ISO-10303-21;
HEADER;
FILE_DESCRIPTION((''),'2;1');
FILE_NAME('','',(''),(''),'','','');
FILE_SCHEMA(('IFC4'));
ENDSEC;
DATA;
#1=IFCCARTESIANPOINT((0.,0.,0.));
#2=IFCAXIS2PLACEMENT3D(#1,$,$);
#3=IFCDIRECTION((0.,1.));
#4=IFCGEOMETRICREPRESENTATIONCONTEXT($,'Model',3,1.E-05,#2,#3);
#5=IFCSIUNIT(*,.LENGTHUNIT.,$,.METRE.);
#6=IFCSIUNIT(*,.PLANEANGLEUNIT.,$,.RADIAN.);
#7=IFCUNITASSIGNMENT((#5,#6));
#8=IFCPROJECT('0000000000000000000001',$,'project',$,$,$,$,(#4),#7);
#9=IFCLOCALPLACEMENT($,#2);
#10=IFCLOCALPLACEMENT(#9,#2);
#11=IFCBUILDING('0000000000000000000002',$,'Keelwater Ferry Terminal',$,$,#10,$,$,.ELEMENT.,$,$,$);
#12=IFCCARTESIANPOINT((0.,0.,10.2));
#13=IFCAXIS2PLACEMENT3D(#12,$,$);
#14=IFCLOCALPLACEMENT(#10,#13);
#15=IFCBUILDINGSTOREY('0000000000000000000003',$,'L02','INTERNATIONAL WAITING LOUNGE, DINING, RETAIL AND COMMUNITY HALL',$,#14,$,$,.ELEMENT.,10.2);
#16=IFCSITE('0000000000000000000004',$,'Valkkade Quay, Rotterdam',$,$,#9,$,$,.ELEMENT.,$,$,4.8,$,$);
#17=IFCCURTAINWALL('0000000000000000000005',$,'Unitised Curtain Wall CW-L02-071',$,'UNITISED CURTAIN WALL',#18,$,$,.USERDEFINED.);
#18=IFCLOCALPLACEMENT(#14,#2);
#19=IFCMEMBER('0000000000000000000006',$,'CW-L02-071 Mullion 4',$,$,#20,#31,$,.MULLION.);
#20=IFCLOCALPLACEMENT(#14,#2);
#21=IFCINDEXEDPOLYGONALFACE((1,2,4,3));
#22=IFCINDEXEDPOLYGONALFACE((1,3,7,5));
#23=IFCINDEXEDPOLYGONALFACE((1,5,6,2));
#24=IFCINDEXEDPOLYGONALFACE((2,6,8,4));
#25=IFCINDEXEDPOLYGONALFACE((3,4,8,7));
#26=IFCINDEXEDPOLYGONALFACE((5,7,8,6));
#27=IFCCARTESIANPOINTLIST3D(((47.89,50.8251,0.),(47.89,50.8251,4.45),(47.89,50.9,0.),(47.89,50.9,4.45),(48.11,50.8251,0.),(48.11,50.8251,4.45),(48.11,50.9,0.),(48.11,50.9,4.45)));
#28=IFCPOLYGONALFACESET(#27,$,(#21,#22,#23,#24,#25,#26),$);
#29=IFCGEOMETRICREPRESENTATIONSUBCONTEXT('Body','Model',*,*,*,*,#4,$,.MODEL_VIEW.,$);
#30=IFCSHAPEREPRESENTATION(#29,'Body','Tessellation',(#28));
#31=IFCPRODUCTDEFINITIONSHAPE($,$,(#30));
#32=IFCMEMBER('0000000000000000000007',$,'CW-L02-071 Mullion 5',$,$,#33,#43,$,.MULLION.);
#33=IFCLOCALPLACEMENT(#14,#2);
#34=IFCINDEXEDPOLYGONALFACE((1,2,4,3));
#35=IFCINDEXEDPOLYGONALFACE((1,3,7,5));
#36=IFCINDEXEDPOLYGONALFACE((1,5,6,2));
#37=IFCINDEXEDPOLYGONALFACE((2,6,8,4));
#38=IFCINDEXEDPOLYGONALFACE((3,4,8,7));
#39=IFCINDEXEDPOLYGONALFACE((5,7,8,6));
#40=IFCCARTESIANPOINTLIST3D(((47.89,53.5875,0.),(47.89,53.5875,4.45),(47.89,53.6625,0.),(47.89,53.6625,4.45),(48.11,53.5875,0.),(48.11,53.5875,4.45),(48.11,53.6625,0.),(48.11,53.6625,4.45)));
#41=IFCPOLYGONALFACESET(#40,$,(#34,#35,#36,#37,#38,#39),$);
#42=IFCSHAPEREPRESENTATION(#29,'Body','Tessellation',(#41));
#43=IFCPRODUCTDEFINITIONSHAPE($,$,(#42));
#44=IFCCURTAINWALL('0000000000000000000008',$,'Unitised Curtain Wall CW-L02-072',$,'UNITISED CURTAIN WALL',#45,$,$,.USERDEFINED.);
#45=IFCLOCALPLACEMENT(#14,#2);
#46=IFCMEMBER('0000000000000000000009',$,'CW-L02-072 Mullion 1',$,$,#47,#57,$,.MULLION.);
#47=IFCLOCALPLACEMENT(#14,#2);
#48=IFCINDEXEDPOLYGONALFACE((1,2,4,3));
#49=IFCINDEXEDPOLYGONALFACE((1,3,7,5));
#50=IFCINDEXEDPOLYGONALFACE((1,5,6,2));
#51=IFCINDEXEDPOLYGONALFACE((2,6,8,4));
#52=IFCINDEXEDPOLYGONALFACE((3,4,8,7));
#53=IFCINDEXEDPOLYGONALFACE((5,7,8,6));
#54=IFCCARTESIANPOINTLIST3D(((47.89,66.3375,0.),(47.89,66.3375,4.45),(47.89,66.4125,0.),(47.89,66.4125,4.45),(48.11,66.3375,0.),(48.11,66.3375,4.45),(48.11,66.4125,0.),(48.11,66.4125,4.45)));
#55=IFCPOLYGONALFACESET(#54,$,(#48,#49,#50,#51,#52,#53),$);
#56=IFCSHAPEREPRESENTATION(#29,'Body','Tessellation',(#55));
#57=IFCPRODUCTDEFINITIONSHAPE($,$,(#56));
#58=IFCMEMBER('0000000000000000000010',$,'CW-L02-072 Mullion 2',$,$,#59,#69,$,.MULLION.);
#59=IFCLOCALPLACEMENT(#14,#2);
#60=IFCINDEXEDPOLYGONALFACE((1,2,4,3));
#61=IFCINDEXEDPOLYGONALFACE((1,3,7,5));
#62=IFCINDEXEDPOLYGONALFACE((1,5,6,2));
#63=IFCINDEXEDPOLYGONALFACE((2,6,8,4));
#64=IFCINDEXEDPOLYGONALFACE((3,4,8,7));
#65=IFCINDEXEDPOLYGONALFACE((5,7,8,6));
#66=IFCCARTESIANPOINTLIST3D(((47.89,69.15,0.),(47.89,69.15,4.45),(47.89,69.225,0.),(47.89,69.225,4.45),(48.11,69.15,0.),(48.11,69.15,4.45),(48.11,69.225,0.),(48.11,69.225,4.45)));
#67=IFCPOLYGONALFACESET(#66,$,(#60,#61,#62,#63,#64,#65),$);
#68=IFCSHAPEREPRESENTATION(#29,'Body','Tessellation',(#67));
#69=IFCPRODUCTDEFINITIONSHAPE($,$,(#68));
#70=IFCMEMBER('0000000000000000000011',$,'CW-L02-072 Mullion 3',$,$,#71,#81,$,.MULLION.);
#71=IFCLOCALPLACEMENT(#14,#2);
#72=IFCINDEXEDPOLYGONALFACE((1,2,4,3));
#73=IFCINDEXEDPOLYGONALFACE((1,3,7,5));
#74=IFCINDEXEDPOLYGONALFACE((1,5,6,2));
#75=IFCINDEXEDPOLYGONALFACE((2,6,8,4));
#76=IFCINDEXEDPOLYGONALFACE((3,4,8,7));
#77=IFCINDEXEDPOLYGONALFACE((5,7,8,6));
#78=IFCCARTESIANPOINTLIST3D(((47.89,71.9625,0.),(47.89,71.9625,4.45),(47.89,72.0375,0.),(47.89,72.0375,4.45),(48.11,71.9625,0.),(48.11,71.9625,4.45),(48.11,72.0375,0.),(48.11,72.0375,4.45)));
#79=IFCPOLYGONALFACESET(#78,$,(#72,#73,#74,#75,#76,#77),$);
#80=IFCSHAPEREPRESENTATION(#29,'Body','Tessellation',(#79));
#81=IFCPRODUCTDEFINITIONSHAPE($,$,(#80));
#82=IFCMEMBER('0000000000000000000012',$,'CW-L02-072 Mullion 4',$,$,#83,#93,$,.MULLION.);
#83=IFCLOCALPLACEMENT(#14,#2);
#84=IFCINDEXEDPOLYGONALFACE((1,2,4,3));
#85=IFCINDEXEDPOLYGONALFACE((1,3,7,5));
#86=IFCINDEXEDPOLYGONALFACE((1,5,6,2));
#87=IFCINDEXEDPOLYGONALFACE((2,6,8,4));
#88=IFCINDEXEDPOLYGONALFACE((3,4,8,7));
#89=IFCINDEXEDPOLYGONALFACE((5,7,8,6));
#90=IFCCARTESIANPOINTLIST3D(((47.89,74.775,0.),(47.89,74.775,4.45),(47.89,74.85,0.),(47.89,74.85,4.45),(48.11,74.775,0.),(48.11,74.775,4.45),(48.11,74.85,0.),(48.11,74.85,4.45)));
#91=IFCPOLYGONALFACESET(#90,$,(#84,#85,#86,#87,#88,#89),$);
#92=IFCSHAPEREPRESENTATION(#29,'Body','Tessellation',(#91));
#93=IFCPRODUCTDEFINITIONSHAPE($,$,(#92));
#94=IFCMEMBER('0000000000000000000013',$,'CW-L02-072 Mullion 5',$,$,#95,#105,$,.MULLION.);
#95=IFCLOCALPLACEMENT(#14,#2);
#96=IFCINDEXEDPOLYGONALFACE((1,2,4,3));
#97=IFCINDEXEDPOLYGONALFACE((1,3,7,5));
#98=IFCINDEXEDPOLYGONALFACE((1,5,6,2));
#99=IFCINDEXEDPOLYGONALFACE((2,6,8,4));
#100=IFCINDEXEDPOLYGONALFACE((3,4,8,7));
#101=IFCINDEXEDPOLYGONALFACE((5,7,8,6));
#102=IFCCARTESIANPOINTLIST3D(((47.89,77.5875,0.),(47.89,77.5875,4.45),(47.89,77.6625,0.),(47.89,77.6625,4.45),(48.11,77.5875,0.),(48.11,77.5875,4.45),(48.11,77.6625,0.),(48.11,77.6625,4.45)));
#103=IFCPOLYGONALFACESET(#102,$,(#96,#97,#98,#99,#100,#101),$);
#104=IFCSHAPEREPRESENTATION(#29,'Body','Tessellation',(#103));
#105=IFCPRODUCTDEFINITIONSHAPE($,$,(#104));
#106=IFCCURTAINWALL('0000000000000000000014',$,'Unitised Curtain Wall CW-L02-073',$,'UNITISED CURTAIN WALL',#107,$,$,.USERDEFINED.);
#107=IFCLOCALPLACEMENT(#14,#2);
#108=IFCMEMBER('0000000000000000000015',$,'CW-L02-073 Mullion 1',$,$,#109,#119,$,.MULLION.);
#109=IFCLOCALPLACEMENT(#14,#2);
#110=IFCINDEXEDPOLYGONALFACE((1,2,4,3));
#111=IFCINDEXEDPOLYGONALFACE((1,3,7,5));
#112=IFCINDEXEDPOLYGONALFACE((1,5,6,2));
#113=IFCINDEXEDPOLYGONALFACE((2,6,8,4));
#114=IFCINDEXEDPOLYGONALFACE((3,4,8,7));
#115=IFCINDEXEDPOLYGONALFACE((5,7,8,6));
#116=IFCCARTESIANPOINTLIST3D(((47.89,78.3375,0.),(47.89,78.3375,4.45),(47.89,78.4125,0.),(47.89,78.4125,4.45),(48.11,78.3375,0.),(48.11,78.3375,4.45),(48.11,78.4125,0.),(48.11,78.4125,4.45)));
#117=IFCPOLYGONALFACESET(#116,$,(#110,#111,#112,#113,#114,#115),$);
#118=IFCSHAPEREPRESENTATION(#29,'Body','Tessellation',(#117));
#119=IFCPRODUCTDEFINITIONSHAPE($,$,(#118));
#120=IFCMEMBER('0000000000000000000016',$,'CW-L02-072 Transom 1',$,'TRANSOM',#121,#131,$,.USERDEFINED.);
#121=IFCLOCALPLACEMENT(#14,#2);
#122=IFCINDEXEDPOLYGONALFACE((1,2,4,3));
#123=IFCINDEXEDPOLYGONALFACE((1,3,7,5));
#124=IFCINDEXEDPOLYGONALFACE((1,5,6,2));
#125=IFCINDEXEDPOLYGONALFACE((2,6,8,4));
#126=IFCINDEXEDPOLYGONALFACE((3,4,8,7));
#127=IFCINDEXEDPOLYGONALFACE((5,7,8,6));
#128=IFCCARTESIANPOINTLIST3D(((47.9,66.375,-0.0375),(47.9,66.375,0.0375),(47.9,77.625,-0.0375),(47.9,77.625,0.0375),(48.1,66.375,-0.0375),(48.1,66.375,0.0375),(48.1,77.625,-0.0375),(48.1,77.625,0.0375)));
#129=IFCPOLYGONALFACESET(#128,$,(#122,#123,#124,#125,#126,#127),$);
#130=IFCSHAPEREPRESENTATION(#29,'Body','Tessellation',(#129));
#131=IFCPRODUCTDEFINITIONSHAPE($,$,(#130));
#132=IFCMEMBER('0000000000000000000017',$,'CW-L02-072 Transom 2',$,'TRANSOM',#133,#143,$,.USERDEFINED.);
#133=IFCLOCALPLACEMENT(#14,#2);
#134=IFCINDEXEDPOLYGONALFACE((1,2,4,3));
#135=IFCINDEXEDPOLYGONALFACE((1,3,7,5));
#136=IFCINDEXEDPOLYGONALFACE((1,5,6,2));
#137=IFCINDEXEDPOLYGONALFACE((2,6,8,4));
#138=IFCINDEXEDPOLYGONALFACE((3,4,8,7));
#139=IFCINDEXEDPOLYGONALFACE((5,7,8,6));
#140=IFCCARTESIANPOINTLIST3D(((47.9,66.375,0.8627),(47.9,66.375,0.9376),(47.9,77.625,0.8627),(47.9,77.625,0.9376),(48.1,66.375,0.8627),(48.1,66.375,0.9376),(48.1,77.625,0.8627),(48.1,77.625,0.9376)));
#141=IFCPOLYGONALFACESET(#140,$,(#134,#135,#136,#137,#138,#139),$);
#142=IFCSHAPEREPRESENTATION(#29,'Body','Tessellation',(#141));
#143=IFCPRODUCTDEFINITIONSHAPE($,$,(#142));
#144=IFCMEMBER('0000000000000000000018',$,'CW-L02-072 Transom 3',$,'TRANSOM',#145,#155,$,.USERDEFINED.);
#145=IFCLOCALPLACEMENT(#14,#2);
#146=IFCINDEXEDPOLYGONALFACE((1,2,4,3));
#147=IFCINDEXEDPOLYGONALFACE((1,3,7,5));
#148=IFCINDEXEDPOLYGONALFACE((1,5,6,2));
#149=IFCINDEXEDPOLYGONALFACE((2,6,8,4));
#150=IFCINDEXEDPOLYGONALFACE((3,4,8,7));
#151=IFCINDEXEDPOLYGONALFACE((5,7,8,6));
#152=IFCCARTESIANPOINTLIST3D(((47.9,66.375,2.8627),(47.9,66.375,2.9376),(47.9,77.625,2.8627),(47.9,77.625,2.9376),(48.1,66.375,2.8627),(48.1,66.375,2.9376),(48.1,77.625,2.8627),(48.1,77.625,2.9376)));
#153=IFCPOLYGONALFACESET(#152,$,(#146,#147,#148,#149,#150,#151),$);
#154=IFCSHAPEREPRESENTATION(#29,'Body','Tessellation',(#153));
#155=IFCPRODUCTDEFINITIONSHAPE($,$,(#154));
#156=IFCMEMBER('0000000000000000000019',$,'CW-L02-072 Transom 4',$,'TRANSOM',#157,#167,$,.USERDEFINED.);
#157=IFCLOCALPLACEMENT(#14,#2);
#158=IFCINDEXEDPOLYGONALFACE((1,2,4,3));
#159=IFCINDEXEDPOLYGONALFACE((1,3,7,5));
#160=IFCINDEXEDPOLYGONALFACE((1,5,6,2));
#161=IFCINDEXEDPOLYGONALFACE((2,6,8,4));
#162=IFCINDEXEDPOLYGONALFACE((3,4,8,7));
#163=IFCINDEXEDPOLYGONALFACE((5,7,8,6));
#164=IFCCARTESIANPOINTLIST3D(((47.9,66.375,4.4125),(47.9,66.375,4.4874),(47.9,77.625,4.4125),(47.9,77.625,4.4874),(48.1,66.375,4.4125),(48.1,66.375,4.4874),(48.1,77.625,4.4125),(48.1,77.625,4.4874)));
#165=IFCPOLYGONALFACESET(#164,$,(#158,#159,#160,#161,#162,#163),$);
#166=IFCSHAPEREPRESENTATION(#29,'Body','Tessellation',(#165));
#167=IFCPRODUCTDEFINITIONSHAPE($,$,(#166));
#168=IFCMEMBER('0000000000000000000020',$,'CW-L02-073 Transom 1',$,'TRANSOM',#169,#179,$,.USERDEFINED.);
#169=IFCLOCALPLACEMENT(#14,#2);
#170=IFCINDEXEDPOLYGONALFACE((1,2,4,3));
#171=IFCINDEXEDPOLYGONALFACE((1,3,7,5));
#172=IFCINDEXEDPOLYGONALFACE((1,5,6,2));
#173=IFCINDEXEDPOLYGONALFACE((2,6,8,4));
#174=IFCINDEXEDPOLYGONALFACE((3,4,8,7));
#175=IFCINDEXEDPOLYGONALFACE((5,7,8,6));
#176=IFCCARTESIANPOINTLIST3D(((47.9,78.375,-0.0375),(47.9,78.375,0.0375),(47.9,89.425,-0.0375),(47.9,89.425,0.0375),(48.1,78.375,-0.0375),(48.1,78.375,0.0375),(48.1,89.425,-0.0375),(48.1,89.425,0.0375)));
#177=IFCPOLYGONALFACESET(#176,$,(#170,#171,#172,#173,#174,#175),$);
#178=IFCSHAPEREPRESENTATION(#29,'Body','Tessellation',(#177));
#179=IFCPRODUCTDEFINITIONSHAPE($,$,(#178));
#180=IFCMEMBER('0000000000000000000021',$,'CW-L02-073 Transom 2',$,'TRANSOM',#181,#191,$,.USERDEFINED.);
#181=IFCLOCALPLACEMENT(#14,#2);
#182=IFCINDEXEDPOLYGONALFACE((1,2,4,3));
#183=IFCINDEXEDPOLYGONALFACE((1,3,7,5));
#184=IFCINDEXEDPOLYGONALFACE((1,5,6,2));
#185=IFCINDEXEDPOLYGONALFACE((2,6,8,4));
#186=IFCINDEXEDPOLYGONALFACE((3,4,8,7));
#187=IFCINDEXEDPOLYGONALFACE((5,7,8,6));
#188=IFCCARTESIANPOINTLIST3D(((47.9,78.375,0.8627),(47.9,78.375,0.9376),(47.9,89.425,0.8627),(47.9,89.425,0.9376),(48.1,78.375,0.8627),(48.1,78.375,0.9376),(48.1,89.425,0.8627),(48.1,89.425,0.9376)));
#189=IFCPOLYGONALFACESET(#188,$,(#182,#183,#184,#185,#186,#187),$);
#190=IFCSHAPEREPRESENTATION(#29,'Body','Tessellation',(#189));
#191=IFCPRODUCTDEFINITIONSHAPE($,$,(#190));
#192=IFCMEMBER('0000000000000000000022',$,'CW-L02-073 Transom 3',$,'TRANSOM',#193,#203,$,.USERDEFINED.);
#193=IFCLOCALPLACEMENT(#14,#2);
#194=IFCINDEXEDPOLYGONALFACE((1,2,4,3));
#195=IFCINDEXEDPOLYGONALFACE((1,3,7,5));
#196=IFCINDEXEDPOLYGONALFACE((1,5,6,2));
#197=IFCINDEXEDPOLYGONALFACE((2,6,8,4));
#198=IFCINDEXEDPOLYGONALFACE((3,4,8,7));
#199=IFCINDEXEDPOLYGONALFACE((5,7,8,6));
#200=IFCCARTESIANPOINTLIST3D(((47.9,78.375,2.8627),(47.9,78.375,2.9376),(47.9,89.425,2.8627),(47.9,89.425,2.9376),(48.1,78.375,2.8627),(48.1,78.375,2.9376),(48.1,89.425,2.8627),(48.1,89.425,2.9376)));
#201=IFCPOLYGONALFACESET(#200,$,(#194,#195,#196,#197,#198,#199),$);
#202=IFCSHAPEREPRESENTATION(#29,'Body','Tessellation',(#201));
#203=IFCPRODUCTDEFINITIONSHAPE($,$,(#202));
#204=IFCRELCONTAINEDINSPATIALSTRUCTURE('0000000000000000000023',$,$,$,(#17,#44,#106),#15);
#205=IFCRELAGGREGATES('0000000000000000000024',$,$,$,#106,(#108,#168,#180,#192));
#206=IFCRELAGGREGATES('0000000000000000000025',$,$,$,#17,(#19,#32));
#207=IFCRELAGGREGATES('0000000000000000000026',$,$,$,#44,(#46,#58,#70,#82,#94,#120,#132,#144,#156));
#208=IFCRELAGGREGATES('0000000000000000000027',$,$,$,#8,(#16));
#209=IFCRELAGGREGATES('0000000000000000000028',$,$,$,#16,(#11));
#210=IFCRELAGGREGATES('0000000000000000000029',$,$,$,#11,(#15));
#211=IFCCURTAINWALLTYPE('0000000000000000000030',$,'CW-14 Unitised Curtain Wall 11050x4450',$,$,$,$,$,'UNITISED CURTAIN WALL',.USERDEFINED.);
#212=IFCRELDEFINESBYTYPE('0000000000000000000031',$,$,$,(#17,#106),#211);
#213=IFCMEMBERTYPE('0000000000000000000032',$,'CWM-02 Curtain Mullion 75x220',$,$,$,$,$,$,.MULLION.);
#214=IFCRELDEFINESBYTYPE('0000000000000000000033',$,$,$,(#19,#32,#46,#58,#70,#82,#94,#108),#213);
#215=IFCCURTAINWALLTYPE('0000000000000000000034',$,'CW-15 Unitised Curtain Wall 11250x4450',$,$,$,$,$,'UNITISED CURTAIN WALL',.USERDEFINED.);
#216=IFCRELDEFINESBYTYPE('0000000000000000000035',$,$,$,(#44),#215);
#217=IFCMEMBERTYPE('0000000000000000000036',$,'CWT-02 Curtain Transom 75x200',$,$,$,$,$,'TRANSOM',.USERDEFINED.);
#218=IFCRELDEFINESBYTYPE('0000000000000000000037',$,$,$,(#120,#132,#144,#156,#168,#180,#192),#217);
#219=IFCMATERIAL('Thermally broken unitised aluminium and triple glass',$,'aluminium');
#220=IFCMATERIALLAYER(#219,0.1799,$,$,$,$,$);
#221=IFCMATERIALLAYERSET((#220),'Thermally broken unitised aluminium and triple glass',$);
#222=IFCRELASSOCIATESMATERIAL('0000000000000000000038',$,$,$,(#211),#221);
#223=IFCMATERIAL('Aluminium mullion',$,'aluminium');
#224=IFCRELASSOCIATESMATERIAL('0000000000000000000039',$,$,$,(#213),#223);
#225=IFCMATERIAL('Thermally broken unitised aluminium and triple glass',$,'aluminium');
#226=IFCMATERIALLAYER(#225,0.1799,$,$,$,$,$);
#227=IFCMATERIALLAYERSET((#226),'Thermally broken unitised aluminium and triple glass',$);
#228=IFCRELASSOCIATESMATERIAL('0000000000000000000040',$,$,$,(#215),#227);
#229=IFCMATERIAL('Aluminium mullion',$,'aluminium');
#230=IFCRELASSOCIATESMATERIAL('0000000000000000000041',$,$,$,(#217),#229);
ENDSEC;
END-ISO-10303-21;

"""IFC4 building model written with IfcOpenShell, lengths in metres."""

from ifc_helpers import new_model, si_unit, direction, frame, origin, origin_2d, place, context, subcontext, project, spatial, rectangle, extrude, material, layer, layer_set, material_profile, profile_set, type_object, element, aggregate, save


model = new_model("IFC4")

# Units and contexts
model_context = context("Model", 3, precision=1e-05, world=origin(), true_north=direction((0.0, 1.0)))
body_context = subcontext(model_context, "Body", "Model", "MODEL_VIEW")
ifc_project = project(units=[si_unit("LENGTHUNIT", "METRE"), si_unit("PLANEANGLEUNIT", "RADIAN")], contexts=[model_context])

# Site, building, storey
site_placement = place(None, origin())
site = spatial("IfcSite", under=ifc_project, at=site_placement, Name="Valkkade Quay, Rotterdam", CompositionType="ELEMENT", RefElevation=4.8)
building_placement = place(site_placement, origin())
building = spatial("IfcBuilding", under=site, at=building_placement, Name="Keelwater Ferry Terminal", CompositionType="ELEMENT")
storey_placement = place(building_placement, frame((0.0, 0.0, 10.2)))
storey = spatial("IfcBuildingStorey", under=building, at=storey_placement, Name="L02", Description="INTERNATIONAL WAITING LOUNGE, DINING, RETAIL AND COMMUNITY HALL", CompositionType="ELEMENT", Elevation=10.2)

# Curtain walls, members
ifc_material_1 = material(Name="Thermally broken unitised aluminium and triple glass", Category="aluminium")
ifc_layer_1 = layer(ifc_material_1, 0.1799)
ifc_layer_set_1 = layer_set([ifc_layer_1], Name="Thermally broken unitised aluminium and triple glass")
curtain_wall_type_1 = type_object("IfcCurtainWallType", Name="CW-14 Unitised Curtain Wall 11050x4450", ElementType="UNITISED CURTAIN WALL", PredefinedType="USERDEFINED", material=ifc_layer_set_1)
curtain_wall_1_placement = place(storey_placement, origin())
curtain_wall_1 = element("IfcCurtainWall", 1, at=curtain_wall_1_placement, inside=storey, type_object=curtain_wall_type_1, Name="Unitised Curtain Wall CW-L02-071", ObjectType="UNITISED CURTAIN WALL", PredefinedType="USERDEFINED")
ifc_material_2 = material(Name="Aluminium mullion", Category="aluminium")
ifc_material_profile_1 = material_profile(ifc_material_2, rectangle(XDim=0.075, YDim=0.22, at=origin_2d()), Name="CWM-02")
ifc_profile_set_1 = profile_set([ifc_material_profile_1], Name="Aluminium mullion")
member_type_1 = type_object("IfcMemberType", Name="CWM-02 Curtain Mullion 75x220", PredefinedType="MULLION", material=ifc_profile_set_1)
member_1_placement = place(storey_placement, frame((48.0, 50.8625, 0.0), z_axis=(0.0, 0.0, 1.0), x_axis=(0.0, 1.0, 0.0)))
member_1 = element("IfcMember", 2, at=member_1_placement, type_object=member_type_1, Name="CW-L02-071 Mullion 4", PredefinedType="MULLION", context=body_context, shape_type="SweptSolid", body=[
    extrude(rectangle(XDim=0.075, YDim=0.22, at=origin_2d()), origin(), (0.0, 0.0, 1.0), 4.45),
])
member_2_placement = place(storey_placement, frame((48.0, 53.625, 0.0), z_axis=(0.0, 0.0, 1.0), x_axis=(0.0, 1.0, 0.0)))
member_2 = element("IfcMember", 3, at=member_2_placement, type_object=member_type_1, Name="CW-L02-071 Mullion 5", PredefinedType="MULLION", context=body_context, shape_type="SweptSolid", body=[
    extrude(rectangle(XDim=0.075, YDim=0.22, at=origin_2d()), origin(), (0.0, 0.0, 1.0), 4.45),
])
ifc_material_3 = material(Name="Thermally broken unitised aluminium and triple glass", Category="aluminium")
ifc_layer_2 = layer(ifc_material_3, 0.1799)
ifc_layer_set_2 = layer_set([ifc_layer_2], Name="Thermally broken unitised aluminium and triple glass")
curtain_wall_type_2 = type_object("IfcCurtainWallType", Name="CW-15 Unitised Curtain Wall 11250x4450", ElementType="UNITISED CURTAIN WALL", PredefinedType="USERDEFINED", material=ifc_layer_set_2)
curtain_wall_2_placement = place(storey_placement, origin())
curtain_wall_2 = element("IfcCurtainWall", 4, at=curtain_wall_2_placement, inside=storey, type_object=curtain_wall_type_2, Name="Unitised Curtain Wall CW-L02-072", ObjectType="UNITISED CURTAIN WALL", PredefinedType="USERDEFINED")
member_3_placement = place(storey_placement, frame((48.0, 66.375, 0.0), z_axis=(0.0, 0.0, 1.0), x_axis=(0.0, 1.0, 0.0)))
member_3 = element("IfcMember", 5, at=member_3_placement, type_object=member_type_1, Name="CW-L02-072 Mullion 1", PredefinedType="MULLION", context=body_context, shape_type="SweptSolid", body=[
    extrude(rectangle(XDim=0.075, YDim=0.22, at=origin_2d()), origin(), (0.0, 0.0, 1.0), 4.45),
])
member_4_placement = place(storey_placement, frame((48.0, 69.1875, 0.0), z_axis=(0.0, 0.0, 1.0), x_axis=(0.0, 1.0, 0.0)))
member_4 = element("IfcMember", 6, at=member_4_placement, type_object=member_type_1, Name="CW-L02-072 Mullion 2", PredefinedType="MULLION", context=body_context, shape_type="SweptSolid", body=[
    extrude(rectangle(XDim=0.075, YDim=0.22, at=origin_2d()), origin(), (0.0, 0.0, 1.0), 4.45),
])
member_5_placement = place(storey_placement, frame((48.0, 72.0, 0.0), z_axis=(0.0, 0.0, 1.0), x_axis=(0.0, 1.0, 0.0)))
member_5 = element("IfcMember", 7, at=member_5_placement, type_object=member_type_1, Name="CW-L02-072 Mullion 3", PredefinedType="MULLION", context=body_context, shape_type="SweptSolid", body=[
    extrude(rectangle(XDim=0.075, YDim=0.22, at=origin_2d()), origin(), (0.0, 0.0, 1.0), 4.45),
])
member_6_placement = place(storey_placement, frame((48.0, 74.8125, 0.0), z_axis=(0.0, 0.0, 1.0), x_axis=(0.0, 1.0, 0.0)))
member_6 = element("IfcMember", 8, at=member_6_placement, type_object=member_type_1, Name="CW-L02-072 Mullion 4", PredefinedType="MULLION", context=body_context, shape_type="SweptSolid", body=[
    extrude(rectangle(XDim=0.075, YDim=0.22, at=origin_2d()), origin(), (0.0, 0.0, 1.0), 4.45),
])
member_7_placement = place(storey_placement, frame((48.0, 77.625, 0.0), z_axis=(0.0, 0.0, 1.0), x_axis=(0.0, 1.0, 0.0)))
member_7 = element("IfcMember", 9, at=member_7_placement, type_object=member_type_1, Name="CW-L02-072 Mullion 5", PredefinedType="MULLION", context=body_context, shape_type="SweptSolid", body=[
    extrude(rectangle(XDim=0.075, YDim=0.22, at=origin_2d()), origin(), (0.0, 0.0, 1.0), 4.45),
])

# Curtain wall, member
curtain_wall_3_placement = place(storey_placement, origin())
curtain_wall_3 = element("IfcCurtainWall", 10, at=curtain_wall_3_placement, inside=storey, type_object=curtain_wall_type_1, Name="Unitised Curtain Wall CW-L02-073", ObjectType="UNITISED CURTAIN WALL", PredefinedType="USERDEFINED")
member_8_placement = place(storey_placement, frame((48.0, 78.375, 0.0), z_axis=(0.0, 0.0, 1.0), x_axis=(0.0, 1.0, 0.0)))
member_8 = element("IfcMember", 11, at=member_8_placement, type_object=member_type_1, Name="CW-L02-073 Mullion 1", PredefinedType="MULLION", context=body_context, shape_type="SweptSolid", body=[
    extrude(rectangle(XDim=0.075, YDim=0.22, at=origin_2d()), origin(), (0.0, 0.0, 1.0), 4.45),
])

# Members
ifc_material_4 = material(Name="Aluminium mullion", Category="aluminium")
ifc_material_profile_2 = material_profile(ifc_material_4, rectangle(XDim=0.2, YDim=0.075, at=origin_2d()), Name="CWT-02")
ifc_profile_set_2 = profile_set([ifc_material_profile_2], Name="Aluminium mullion")
member_type_2 = type_object("IfcMemberType", Name="CWT-02 Curtain Transom 75x200", ElementType="TRANSOM", PredefinedType="USERDEFINED", material=ifc_profile_set_2)
member_9_placement = place(storey_placement, frame((48.0, 66.375, 0.0), z_axis=(0.0, 1.0, 0.0), x_axis=(-1.0, 0.0, 0.0)))
member_9 = element("IfcMember", 12, at=member_9_placement, type_object=member_type_2, Name="CW-L02-072 Transom 1", ObjectType="TRANSOM", PredefinedType="USERDEFINED", context=body_context, shape_type="SweptSolid", body=[
    extrude(rectangle(XDim=0.2, YDim=0.075, at=origin_2d()), origin(), (0.0, 0.0, 1.0), 11.25),
])
member_10_placement = place(storey_placement, frame((48.0, 66.375, 0.9001), z_axis=(0.0, 1.0, 0.0), x_axis=(-1.0, 0.0, 0.0)))
member_10 = element("IfcMember", 13, at=member_10_placement, type_object=member_type_2, Name="CW-L02-072 Transom 2", ObjectType="TRANSOM", PredefinedType="USERDEFINED", context=body_context, shape_type="SweptSolid", body=[
    extrude(rectangle(XDim=0.2, YDim=0.075, at=origin_2d()), origin(), (0.0, 0.0, 1.0), 11.25),
])
member_11_placement = place(storey_placement, frame((48.0, 66.375, 2.9001), z_axis=(0.0, 1.0, 0.0), x_axis=(-1.0, 0.0, 0.0)))
member_11 = element("IfcMember", 14, at=member_11_placement, type_object=member_type_2, Name="CW-L02-072 Transom 3", ObjectType="TRANSOM", PredefinedType="USERDEFINED", context=body_context, shape_type="SweptSolid", body=[
    extrude(rectangle(XDim=0.2, YDim=0.075, at=origin_2d()), origin(), (0.0, 0.0, 1.0), 11.25),
])
member_12_placement = place(storey_placement, frame((48.0, 66.375, 4.45), z_axis=(0.0, 1.0, 0.0), x_axis=(-1.0, 0.0, 0.0)))
member_12 = element("IfcMember", 15, at=member_12_placement, type_object=member_type_2, Name="CW-L02-072 Transom 4", ObjectType="TRANSOM", PredefinedType="USERDEFINED", context=body_context, shape_type="SweptSolid", body=[
    extrude(rectangle(XDim=0.2, YDim=0.075, at=origin_2d()), origin(), (0.0, 0.0, 1.0), 11.25),
])
member_13_placement = place(storey_placement, frame((48.0, 78.375, 0.0), z_axis=(0.0, 1.0, 0.0), x_axis=(-1.0, 0.0, 0.0)))
member_13 = element("IfcMember", 16, at=member_13_placement, type_object=member_type_2, Name="CW-L02-073 Transom 1", ObjectType="TRANSOM", PredefinedType="USERDEFINED", context=body_context, shape_type="SweptSolid", body=[
    extrude(rectangle(XDim=0.2, YDim=0.075, at=origin_2d()), origin(), (0.0, 0.0, 1.0), 11.05),
])
member_14_placement = place(storey_placement, frame((48.0, 78.375, 0.9001), z_axis=(0.0, 1.0, 0.0), x_axis=(-1.0, 0.0, 0.0)))
member_14 = element("IfcMember", 17, at=member_14_placement, type_object=member_type_2, Name="CW-L02-073 Transom 2", ObjectType="TRANSOM", PredefinedType="USERDEFINED", context=body_context, shape_type="SweptSolid", body=[
    extrude(rectangle(XDim=0.2, YDim=0.075, at=origin_2d()), origin(), (0.0, 0.0, 1.0), 11.05),
])
member_15_placement = place(storey_placement, frame((48.0, 78.375, 2.9001), z_axis=(0.0, 1.0, 0.0), x_axis=(-1.0, 0.0, 0.0)))
member_15 = element("IfcMember", 18, at=member_15_placement, type_object=member_type_2, Name="CW-L02-073 Transom 3", ObjectType="TRANSOM", PredefinedType="USERDEFINED", context=body_context, shape_type="SweptSolid", body=[
    extrude(rectangle(XDim=0.2, YDim=0.075, at=origin_2d()), origin(), (0.0, 0.0, 1.0), 11.05),
])
aggregate(curtain_wall_3, [member_8, member_13, member_14, member_15])

aggregate(curtain_wall_1, [member_1, member_2])
aggregate(curtain_wall_2, [member_3, member_4, member_5, member_6, member_7, member_9, member_10, member_11, member_12])

save(model, "model.ifc")
